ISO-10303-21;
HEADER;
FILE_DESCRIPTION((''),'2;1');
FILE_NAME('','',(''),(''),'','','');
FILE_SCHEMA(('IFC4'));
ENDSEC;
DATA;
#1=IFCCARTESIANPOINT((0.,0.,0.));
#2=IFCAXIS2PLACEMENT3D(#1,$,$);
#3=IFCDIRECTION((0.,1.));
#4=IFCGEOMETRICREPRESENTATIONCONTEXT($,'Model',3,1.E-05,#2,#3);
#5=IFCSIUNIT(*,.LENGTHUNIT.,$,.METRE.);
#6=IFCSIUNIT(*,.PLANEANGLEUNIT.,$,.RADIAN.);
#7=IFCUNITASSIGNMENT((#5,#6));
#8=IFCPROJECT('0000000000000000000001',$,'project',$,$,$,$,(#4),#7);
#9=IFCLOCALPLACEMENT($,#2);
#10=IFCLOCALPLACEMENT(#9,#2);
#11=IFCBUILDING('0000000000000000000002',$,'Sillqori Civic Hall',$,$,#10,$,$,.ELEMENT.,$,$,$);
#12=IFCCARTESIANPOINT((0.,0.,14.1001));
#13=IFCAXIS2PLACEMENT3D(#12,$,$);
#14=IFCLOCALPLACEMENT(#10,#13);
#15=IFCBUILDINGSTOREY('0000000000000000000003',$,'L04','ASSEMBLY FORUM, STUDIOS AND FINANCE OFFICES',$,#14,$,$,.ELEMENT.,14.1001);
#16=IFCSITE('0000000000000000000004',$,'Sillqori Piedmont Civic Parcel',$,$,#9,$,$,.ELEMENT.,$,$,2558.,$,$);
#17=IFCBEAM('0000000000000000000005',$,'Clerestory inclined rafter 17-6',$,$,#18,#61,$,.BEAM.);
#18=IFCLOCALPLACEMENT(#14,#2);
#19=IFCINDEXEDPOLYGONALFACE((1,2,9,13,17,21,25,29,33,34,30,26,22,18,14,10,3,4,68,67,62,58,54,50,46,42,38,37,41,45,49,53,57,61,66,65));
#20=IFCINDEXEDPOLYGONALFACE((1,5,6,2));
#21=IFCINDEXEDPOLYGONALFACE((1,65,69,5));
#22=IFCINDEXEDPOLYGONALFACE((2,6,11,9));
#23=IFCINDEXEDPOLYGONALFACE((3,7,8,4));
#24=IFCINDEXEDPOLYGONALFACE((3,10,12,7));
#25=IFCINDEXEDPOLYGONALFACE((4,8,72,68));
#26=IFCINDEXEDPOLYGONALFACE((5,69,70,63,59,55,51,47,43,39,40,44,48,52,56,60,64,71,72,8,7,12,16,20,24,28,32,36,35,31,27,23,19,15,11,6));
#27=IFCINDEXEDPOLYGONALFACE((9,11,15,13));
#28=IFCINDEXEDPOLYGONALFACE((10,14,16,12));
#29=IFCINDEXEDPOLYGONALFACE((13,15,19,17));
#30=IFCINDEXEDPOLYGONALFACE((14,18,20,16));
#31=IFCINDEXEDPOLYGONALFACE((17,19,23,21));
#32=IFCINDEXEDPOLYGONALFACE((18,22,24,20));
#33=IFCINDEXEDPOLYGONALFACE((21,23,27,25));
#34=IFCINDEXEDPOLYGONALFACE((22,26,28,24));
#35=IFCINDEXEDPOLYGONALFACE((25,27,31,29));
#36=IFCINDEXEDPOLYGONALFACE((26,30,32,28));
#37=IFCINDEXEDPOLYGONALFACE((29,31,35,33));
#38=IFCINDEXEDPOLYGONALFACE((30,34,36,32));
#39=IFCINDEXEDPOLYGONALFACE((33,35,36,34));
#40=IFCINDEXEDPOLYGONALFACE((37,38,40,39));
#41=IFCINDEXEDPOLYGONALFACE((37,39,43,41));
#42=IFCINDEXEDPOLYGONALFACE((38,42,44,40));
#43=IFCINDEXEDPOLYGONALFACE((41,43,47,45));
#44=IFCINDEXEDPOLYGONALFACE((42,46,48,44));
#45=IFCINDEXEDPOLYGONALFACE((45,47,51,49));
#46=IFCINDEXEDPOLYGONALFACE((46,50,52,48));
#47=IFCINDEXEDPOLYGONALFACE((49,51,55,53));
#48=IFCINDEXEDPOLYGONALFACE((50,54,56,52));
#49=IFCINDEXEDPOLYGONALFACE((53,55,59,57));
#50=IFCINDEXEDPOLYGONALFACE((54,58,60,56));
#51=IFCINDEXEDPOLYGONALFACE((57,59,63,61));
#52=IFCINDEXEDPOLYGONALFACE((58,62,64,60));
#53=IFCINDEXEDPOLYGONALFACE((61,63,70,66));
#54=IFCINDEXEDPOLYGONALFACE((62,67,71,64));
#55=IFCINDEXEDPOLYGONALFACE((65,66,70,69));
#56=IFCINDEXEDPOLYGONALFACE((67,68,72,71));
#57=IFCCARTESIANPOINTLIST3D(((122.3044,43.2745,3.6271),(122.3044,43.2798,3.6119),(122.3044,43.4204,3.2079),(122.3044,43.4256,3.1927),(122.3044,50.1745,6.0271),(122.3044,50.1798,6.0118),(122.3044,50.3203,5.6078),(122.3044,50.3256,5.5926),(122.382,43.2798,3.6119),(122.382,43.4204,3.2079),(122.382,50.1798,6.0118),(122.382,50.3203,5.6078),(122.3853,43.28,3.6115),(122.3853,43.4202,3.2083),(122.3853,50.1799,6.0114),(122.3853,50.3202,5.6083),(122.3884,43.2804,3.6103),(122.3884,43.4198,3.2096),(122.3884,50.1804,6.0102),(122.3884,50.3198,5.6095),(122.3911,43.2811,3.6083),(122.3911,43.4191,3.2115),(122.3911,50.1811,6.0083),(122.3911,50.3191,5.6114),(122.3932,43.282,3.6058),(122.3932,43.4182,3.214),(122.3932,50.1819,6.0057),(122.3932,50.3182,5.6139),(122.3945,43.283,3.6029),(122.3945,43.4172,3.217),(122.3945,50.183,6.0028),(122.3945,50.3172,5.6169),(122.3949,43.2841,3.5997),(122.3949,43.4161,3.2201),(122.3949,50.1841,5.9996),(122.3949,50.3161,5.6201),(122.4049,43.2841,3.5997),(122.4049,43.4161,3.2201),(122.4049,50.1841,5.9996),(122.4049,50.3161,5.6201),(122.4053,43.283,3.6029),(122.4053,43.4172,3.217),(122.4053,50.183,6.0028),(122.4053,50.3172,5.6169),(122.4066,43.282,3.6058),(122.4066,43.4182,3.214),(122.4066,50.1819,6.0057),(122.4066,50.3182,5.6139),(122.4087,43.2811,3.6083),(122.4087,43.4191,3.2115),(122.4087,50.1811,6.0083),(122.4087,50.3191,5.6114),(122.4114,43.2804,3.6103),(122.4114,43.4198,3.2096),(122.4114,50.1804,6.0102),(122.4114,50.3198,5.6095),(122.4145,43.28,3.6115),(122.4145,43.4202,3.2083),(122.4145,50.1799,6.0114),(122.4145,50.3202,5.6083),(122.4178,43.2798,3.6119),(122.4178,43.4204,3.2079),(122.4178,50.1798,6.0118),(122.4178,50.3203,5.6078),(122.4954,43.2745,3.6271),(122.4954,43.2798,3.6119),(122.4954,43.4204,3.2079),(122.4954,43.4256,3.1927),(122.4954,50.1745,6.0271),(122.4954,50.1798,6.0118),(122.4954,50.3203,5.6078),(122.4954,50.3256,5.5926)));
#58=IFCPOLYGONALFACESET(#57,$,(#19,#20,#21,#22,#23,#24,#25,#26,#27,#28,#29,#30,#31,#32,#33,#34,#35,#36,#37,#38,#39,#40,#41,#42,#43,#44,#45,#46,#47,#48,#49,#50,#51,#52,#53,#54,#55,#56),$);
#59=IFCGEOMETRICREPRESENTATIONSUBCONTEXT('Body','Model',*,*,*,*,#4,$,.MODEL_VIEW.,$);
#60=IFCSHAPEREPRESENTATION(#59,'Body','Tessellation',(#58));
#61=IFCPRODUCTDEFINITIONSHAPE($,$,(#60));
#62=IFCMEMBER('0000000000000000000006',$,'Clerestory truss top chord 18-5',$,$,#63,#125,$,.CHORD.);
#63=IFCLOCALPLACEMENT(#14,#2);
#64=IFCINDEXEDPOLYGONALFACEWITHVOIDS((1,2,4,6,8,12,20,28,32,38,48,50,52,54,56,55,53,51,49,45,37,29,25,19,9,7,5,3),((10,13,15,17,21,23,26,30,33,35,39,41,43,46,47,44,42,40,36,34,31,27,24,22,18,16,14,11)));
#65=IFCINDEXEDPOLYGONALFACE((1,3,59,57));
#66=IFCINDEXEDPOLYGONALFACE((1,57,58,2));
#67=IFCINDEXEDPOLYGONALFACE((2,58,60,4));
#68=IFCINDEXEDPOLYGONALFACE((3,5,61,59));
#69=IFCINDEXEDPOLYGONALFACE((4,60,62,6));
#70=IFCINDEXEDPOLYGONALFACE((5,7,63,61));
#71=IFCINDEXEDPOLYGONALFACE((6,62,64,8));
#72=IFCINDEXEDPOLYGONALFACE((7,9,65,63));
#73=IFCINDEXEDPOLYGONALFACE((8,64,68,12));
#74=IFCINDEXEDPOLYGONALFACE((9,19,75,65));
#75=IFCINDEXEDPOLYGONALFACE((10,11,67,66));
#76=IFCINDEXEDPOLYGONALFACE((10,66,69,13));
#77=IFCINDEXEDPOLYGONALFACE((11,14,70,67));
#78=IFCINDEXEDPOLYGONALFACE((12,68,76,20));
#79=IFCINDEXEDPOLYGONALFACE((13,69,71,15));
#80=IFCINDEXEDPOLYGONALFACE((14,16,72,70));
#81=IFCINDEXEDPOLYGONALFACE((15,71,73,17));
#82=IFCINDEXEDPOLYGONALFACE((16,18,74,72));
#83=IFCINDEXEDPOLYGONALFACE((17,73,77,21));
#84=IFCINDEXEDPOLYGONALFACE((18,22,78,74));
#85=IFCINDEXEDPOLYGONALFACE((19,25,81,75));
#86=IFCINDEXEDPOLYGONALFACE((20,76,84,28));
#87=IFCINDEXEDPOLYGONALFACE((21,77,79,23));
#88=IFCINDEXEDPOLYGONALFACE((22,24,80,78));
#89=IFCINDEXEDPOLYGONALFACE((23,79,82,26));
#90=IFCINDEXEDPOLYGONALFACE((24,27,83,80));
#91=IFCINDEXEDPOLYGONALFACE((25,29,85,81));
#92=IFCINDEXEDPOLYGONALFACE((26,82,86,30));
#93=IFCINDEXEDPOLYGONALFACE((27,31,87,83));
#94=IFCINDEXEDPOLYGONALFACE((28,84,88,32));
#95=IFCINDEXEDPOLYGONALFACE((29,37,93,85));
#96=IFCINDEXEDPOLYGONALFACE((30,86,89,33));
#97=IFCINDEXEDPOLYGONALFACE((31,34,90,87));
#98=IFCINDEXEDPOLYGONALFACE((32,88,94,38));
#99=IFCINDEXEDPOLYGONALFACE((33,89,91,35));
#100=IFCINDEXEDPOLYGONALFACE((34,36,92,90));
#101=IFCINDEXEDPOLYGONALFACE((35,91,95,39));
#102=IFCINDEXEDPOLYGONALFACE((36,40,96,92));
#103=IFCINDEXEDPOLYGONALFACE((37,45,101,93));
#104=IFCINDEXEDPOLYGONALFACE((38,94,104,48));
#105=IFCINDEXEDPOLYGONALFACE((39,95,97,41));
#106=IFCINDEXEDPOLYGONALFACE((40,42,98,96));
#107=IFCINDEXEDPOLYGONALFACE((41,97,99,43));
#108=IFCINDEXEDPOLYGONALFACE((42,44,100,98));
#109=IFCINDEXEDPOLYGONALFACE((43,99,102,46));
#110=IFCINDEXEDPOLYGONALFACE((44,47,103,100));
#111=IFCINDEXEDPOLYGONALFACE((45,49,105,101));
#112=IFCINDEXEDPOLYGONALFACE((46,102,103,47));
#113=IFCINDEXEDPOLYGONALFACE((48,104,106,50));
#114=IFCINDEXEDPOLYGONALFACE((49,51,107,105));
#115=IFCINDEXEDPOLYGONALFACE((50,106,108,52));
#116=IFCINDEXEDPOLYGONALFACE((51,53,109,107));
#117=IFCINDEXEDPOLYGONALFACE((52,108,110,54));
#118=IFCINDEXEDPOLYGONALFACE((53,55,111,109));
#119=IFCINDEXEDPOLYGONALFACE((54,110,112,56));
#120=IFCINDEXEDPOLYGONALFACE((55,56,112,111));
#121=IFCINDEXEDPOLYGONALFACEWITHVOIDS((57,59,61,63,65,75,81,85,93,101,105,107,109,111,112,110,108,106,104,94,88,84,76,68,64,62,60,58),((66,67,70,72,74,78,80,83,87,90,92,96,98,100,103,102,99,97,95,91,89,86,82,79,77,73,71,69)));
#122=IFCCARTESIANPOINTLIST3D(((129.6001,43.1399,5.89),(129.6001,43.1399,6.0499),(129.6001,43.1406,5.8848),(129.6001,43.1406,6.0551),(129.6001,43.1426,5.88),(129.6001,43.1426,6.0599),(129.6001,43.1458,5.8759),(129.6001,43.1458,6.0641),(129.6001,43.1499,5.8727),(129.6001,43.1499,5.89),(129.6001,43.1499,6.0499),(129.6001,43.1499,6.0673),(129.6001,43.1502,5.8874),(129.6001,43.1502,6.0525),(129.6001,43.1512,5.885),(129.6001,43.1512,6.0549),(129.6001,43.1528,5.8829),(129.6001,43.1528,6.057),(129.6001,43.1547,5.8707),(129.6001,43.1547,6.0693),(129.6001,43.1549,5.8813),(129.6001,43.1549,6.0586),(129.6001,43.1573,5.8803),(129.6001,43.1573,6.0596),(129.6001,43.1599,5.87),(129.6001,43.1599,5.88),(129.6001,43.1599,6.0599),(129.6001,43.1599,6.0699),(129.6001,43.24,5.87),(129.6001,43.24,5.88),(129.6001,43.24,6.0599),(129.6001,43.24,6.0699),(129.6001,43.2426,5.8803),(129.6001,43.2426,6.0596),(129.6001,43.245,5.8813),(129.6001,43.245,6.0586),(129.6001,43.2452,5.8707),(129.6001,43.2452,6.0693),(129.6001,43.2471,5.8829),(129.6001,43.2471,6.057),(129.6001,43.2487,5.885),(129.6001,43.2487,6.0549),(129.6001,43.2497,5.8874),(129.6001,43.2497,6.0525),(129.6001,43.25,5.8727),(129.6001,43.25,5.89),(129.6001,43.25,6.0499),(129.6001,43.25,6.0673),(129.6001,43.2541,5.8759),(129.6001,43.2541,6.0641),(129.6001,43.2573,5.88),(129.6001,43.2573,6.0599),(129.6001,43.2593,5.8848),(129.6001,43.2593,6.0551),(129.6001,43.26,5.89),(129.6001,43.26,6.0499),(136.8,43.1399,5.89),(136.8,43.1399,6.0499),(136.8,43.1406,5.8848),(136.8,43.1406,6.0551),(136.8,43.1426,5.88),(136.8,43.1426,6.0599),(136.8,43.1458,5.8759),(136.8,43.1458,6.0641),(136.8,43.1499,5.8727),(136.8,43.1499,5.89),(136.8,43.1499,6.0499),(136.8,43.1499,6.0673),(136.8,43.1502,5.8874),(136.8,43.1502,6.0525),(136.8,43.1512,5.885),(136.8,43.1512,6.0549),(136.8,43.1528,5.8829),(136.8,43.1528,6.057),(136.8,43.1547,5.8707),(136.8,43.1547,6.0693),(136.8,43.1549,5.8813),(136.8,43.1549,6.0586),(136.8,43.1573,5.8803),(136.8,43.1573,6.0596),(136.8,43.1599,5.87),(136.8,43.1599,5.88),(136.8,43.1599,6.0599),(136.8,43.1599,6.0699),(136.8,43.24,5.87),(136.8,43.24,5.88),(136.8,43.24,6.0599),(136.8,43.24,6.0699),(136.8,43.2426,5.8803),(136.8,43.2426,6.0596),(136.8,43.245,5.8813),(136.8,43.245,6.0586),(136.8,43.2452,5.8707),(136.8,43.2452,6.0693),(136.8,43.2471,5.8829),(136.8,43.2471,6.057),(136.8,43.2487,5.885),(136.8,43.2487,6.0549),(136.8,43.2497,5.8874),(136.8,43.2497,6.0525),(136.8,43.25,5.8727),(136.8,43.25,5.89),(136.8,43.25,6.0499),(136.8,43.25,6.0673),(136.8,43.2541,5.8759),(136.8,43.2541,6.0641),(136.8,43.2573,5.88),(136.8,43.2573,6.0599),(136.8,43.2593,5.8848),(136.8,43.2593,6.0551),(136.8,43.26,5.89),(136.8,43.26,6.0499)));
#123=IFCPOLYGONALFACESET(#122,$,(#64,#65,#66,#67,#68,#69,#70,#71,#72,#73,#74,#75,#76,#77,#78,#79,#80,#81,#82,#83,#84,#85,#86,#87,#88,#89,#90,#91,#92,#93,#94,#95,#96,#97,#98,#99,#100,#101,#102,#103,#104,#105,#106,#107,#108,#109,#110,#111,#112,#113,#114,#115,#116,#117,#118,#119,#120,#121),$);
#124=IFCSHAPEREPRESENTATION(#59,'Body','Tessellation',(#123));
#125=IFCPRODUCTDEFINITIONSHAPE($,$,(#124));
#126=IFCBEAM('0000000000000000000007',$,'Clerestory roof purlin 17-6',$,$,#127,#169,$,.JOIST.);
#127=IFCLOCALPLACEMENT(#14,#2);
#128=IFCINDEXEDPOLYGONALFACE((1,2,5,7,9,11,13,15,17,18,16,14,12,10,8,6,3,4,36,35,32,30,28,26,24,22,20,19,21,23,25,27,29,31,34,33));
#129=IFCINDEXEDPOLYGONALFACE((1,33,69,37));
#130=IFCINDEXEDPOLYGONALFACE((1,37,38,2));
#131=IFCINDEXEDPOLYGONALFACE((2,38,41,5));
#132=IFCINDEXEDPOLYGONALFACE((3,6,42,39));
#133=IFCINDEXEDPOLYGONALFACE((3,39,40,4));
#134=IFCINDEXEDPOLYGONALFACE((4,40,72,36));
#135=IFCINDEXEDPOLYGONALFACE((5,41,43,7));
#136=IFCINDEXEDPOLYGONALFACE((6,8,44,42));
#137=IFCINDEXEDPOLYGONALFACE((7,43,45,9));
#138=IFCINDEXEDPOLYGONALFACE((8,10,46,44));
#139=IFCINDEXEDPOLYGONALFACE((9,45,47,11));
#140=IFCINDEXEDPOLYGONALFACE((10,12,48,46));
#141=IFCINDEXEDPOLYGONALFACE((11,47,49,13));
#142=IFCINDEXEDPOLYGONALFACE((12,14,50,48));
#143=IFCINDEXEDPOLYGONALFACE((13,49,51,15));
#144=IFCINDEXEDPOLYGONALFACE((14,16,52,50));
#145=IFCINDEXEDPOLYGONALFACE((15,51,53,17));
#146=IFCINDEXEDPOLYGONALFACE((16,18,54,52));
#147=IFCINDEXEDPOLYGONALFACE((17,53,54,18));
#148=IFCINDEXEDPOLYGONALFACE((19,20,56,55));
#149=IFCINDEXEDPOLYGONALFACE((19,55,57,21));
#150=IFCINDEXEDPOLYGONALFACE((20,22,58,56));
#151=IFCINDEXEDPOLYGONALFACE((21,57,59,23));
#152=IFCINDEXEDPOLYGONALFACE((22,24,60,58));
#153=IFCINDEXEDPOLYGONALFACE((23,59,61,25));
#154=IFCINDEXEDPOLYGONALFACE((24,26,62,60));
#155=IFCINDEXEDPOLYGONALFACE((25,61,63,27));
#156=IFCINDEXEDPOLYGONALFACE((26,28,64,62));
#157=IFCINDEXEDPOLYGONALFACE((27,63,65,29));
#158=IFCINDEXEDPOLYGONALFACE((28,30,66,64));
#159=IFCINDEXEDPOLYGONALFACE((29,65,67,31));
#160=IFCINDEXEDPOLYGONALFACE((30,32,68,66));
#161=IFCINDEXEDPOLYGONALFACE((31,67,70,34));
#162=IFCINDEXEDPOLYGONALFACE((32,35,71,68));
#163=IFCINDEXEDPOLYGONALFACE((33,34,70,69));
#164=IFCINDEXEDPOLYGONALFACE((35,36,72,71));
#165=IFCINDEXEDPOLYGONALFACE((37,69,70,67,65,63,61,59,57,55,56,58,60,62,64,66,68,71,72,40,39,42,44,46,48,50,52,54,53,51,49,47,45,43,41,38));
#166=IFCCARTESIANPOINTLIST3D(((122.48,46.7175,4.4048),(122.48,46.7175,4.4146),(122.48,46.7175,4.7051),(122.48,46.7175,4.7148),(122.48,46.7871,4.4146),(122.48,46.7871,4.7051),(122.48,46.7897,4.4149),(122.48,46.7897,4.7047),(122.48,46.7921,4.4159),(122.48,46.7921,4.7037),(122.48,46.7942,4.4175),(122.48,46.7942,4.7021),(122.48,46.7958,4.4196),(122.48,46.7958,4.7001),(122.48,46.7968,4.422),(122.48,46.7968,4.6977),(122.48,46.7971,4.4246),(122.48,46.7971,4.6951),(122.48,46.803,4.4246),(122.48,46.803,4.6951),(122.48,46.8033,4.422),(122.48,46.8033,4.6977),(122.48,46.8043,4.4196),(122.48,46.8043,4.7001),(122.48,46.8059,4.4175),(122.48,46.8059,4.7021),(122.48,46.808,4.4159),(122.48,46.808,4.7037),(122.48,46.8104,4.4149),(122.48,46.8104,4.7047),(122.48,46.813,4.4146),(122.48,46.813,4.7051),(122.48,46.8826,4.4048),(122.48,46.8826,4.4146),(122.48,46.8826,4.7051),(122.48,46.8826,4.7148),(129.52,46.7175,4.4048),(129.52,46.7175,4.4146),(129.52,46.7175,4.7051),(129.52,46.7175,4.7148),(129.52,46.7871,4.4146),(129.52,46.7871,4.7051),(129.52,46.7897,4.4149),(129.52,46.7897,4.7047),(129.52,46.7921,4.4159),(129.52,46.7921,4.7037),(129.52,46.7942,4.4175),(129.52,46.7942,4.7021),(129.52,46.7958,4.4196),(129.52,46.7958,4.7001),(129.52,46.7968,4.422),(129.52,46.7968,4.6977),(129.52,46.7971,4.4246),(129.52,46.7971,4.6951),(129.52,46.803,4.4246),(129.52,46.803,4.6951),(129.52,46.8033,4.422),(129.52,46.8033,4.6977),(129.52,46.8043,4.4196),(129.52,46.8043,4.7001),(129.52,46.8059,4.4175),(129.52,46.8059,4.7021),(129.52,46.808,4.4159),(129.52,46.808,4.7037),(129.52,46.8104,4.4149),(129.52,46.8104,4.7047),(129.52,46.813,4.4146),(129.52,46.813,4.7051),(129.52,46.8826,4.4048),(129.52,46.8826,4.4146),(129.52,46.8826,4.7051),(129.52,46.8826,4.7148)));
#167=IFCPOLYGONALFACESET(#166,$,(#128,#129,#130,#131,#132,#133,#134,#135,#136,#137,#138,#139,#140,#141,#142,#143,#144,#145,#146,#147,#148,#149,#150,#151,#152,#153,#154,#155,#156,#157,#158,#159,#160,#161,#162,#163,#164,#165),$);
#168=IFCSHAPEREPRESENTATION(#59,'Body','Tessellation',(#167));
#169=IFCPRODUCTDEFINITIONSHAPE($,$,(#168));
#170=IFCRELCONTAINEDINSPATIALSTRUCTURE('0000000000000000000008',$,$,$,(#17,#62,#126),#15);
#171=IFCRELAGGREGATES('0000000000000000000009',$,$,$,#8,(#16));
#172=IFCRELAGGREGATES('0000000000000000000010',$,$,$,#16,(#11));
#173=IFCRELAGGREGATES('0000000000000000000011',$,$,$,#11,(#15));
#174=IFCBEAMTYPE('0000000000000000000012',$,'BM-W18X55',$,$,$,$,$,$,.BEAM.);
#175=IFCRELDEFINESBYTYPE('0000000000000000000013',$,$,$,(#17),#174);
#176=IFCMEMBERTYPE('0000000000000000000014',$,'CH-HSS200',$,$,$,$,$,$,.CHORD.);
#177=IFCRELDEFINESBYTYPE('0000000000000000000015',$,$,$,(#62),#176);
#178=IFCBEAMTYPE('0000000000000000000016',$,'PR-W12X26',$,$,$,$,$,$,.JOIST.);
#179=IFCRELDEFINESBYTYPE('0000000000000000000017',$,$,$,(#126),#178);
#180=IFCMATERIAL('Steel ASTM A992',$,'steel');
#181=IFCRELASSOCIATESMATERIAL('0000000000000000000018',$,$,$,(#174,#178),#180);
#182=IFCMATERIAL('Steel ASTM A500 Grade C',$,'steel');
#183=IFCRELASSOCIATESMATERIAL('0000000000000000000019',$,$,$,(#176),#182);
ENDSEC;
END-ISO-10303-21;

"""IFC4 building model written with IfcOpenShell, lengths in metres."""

from ifc_helpers import new_model, si_unit, direction, frame, origin, origin_2d, place, context, subcontext, project, spatial, hollow_rectangle, i_section, extrude, material, material_profile, profile_set, type_object, element, save


model = new_model("IFC4")

# Units and contexts
model_context = context("Model", 3, precision=1e-05, world=origin(), true_north=direction((0.0, 1.0)))
body_context = subcontext(model_context, "Body", "Model", "MODEL_VIEW")
ifc_project = project(units=[si_unit("LENGTHUNIT", "METRE"), si_unit("PLANEANGLEUNIT", "RADIAN")], contexts=[model_context])

# Site, building, storey
site_placement = place(None, origin())
site = spatial("IfcSite", under=ifc_project, at=site_placement, Name="Sillqori Piedmont Civic Parcel", CompositionType="ELEMENT", RefElevation=2558.0)
building_placement = place(site_placement, origin())
building = spatial("IfcBuilding", under=site, at=building_placement, Name="Sillqori Civic Hall", CompositionType="ELEMENT")
storey_placement = place(building_placement, frame((0.0, 0.0, 14.1001)))
storey = spatial("IfcBuildingStorey", under=building, at=storey_placement, Name="L04", Description="ASSEMBLY FORUM, STUDIOS AND FINANCE OFFICES", CompositionType="ELEMENT", Elevation=14.1001)

# Shared definitions
ifc_material_1 = material(Name="Steel ASTM A992", Category="steel")

# Beam
ifc_material_profile_1 = material_profile(ifc_material_1, i_section(OverallWidth=0.1909, OverallDepth=0.46, WebThickness=0.01, FlangeThickness=0.0161, FilletRadius=0.0129, at=origin_2d()), Name="W18X55")
ifc_profile_set_1 = profile_set([ifc_material_profile_1], Name="Steel ASTM A992")
beam_type_1 = type_object("IfcBeamType", Name="BM-W18X55", PredefinedType="BEAM", material=ifc_profile_set_1)
beam_1_placement = place(storey_placement, frame((122.3999, 43.3501, 3.4099), z_axis=(0.0, 0.9445, 0.328513), x_axis=(-1.0, 0.0, 0.0)))
element("IfcBeam", 1, at=beam_1_placement, inside=storey, type_object=beam_type_1, Name="Clerestory inclined rafter 17-6", PredefinedType="BEAM", context=body_context, shape_type="SweptSolid", body=[
    extrude(i_section(OverallWidth=0.1909, OverallDepth=0.46, WebThickness=0.01, FlangeThickness=0.0161, FilletRadius=0.0129, at=origin_2d()), origin(), (0.0, 0.0, 1.0), 7.3054),
])

# Member
ifc_material_2 = material(Name="Steel ASTM A500 Grade C", Category="steel")
ifc_material_profile_2 = material_profile(ifc_material_2, hollow_rectangle(XDim=0.1201, YDim=0.2, WallThickness=0.01, InnerFilletRadius=0.01, OuterFilletRadius=0.02, at=origin_2d()), Name="HSS200X120X10")
ifc_profile_set_2 = profile_set([ifc_material_profile_2], Name="Steel ASTM A500 Grade C")
member_type_1 = type_object("IfcMemberType", Name="CH-HSS200", PredefinedType="CHORD", material=ifc_profile_set_2)
member_1_placement = place(storey_placement, frame((129.6001, 43.2, 5.97), z_axis=(1.0, 0.0, 0.0), x_axis=(0.0, 1.0, 0.0)))
element("IfcMember", 2, at=member_1_placement, inside=storey, type_object=member_type_1, Name="Clerestory truss top chord 18-5", PredefinedType="CHORD", context=body_context, shape_type="SweptSolid", body=[
    extrude(hollow_rectangle(XDim=0.1201, YDim=0.2, WallThickness=0.01, InnerFilletRadius=0.01, OuterFilletRadius=0.02, at=origin_2d()), origin(), (0.0, 0.0, 1.0), 7.2),
])

# Beam
ifc_material_profile_3 = material_profile(ifc_material_1, i_section(OverallWidth=0.165, OverallDepth=0.3101, WebThickness=0.0059, FlangeThickness=0.0098, FilletRadius=0.01, at=origin_2d()), Name="W12X26")
ifc_profile_set_3 = profile_set([ifc_material_profile_3], Name="Steel ASTM A992")
beam_type_2 = type_object("IfcBeamType", Name="PR-W12X26", PredefinedType="JOIST", material=ifc_profile_set_3)
beam_2_placement = place(storey_placement, frame((122.48, 46.8, 4.5598), z_axis=(1.0, 0.0, 0.0), x_axis=(0.0, 1.0, 0.0)))
element("IfcBeam", 3, at=beam_2_placement, inside=storey, type_object=beam_type_2, Name="Clerestory roof purlin 17-6", PredefinedType="JOIST", context=body_context, shape_type="SweptSolid", body=[
    extrude(i_section(OverallWidth=0.165, OverallDepth=0.3101, WebThickness=0.0059, FlangeThickness=0.0098, FilletRadius=0.01, at=origin_2d()), origin(), (0.0, 0.0, 1.0), 7.04),
])

save(model, "model.ifc")
